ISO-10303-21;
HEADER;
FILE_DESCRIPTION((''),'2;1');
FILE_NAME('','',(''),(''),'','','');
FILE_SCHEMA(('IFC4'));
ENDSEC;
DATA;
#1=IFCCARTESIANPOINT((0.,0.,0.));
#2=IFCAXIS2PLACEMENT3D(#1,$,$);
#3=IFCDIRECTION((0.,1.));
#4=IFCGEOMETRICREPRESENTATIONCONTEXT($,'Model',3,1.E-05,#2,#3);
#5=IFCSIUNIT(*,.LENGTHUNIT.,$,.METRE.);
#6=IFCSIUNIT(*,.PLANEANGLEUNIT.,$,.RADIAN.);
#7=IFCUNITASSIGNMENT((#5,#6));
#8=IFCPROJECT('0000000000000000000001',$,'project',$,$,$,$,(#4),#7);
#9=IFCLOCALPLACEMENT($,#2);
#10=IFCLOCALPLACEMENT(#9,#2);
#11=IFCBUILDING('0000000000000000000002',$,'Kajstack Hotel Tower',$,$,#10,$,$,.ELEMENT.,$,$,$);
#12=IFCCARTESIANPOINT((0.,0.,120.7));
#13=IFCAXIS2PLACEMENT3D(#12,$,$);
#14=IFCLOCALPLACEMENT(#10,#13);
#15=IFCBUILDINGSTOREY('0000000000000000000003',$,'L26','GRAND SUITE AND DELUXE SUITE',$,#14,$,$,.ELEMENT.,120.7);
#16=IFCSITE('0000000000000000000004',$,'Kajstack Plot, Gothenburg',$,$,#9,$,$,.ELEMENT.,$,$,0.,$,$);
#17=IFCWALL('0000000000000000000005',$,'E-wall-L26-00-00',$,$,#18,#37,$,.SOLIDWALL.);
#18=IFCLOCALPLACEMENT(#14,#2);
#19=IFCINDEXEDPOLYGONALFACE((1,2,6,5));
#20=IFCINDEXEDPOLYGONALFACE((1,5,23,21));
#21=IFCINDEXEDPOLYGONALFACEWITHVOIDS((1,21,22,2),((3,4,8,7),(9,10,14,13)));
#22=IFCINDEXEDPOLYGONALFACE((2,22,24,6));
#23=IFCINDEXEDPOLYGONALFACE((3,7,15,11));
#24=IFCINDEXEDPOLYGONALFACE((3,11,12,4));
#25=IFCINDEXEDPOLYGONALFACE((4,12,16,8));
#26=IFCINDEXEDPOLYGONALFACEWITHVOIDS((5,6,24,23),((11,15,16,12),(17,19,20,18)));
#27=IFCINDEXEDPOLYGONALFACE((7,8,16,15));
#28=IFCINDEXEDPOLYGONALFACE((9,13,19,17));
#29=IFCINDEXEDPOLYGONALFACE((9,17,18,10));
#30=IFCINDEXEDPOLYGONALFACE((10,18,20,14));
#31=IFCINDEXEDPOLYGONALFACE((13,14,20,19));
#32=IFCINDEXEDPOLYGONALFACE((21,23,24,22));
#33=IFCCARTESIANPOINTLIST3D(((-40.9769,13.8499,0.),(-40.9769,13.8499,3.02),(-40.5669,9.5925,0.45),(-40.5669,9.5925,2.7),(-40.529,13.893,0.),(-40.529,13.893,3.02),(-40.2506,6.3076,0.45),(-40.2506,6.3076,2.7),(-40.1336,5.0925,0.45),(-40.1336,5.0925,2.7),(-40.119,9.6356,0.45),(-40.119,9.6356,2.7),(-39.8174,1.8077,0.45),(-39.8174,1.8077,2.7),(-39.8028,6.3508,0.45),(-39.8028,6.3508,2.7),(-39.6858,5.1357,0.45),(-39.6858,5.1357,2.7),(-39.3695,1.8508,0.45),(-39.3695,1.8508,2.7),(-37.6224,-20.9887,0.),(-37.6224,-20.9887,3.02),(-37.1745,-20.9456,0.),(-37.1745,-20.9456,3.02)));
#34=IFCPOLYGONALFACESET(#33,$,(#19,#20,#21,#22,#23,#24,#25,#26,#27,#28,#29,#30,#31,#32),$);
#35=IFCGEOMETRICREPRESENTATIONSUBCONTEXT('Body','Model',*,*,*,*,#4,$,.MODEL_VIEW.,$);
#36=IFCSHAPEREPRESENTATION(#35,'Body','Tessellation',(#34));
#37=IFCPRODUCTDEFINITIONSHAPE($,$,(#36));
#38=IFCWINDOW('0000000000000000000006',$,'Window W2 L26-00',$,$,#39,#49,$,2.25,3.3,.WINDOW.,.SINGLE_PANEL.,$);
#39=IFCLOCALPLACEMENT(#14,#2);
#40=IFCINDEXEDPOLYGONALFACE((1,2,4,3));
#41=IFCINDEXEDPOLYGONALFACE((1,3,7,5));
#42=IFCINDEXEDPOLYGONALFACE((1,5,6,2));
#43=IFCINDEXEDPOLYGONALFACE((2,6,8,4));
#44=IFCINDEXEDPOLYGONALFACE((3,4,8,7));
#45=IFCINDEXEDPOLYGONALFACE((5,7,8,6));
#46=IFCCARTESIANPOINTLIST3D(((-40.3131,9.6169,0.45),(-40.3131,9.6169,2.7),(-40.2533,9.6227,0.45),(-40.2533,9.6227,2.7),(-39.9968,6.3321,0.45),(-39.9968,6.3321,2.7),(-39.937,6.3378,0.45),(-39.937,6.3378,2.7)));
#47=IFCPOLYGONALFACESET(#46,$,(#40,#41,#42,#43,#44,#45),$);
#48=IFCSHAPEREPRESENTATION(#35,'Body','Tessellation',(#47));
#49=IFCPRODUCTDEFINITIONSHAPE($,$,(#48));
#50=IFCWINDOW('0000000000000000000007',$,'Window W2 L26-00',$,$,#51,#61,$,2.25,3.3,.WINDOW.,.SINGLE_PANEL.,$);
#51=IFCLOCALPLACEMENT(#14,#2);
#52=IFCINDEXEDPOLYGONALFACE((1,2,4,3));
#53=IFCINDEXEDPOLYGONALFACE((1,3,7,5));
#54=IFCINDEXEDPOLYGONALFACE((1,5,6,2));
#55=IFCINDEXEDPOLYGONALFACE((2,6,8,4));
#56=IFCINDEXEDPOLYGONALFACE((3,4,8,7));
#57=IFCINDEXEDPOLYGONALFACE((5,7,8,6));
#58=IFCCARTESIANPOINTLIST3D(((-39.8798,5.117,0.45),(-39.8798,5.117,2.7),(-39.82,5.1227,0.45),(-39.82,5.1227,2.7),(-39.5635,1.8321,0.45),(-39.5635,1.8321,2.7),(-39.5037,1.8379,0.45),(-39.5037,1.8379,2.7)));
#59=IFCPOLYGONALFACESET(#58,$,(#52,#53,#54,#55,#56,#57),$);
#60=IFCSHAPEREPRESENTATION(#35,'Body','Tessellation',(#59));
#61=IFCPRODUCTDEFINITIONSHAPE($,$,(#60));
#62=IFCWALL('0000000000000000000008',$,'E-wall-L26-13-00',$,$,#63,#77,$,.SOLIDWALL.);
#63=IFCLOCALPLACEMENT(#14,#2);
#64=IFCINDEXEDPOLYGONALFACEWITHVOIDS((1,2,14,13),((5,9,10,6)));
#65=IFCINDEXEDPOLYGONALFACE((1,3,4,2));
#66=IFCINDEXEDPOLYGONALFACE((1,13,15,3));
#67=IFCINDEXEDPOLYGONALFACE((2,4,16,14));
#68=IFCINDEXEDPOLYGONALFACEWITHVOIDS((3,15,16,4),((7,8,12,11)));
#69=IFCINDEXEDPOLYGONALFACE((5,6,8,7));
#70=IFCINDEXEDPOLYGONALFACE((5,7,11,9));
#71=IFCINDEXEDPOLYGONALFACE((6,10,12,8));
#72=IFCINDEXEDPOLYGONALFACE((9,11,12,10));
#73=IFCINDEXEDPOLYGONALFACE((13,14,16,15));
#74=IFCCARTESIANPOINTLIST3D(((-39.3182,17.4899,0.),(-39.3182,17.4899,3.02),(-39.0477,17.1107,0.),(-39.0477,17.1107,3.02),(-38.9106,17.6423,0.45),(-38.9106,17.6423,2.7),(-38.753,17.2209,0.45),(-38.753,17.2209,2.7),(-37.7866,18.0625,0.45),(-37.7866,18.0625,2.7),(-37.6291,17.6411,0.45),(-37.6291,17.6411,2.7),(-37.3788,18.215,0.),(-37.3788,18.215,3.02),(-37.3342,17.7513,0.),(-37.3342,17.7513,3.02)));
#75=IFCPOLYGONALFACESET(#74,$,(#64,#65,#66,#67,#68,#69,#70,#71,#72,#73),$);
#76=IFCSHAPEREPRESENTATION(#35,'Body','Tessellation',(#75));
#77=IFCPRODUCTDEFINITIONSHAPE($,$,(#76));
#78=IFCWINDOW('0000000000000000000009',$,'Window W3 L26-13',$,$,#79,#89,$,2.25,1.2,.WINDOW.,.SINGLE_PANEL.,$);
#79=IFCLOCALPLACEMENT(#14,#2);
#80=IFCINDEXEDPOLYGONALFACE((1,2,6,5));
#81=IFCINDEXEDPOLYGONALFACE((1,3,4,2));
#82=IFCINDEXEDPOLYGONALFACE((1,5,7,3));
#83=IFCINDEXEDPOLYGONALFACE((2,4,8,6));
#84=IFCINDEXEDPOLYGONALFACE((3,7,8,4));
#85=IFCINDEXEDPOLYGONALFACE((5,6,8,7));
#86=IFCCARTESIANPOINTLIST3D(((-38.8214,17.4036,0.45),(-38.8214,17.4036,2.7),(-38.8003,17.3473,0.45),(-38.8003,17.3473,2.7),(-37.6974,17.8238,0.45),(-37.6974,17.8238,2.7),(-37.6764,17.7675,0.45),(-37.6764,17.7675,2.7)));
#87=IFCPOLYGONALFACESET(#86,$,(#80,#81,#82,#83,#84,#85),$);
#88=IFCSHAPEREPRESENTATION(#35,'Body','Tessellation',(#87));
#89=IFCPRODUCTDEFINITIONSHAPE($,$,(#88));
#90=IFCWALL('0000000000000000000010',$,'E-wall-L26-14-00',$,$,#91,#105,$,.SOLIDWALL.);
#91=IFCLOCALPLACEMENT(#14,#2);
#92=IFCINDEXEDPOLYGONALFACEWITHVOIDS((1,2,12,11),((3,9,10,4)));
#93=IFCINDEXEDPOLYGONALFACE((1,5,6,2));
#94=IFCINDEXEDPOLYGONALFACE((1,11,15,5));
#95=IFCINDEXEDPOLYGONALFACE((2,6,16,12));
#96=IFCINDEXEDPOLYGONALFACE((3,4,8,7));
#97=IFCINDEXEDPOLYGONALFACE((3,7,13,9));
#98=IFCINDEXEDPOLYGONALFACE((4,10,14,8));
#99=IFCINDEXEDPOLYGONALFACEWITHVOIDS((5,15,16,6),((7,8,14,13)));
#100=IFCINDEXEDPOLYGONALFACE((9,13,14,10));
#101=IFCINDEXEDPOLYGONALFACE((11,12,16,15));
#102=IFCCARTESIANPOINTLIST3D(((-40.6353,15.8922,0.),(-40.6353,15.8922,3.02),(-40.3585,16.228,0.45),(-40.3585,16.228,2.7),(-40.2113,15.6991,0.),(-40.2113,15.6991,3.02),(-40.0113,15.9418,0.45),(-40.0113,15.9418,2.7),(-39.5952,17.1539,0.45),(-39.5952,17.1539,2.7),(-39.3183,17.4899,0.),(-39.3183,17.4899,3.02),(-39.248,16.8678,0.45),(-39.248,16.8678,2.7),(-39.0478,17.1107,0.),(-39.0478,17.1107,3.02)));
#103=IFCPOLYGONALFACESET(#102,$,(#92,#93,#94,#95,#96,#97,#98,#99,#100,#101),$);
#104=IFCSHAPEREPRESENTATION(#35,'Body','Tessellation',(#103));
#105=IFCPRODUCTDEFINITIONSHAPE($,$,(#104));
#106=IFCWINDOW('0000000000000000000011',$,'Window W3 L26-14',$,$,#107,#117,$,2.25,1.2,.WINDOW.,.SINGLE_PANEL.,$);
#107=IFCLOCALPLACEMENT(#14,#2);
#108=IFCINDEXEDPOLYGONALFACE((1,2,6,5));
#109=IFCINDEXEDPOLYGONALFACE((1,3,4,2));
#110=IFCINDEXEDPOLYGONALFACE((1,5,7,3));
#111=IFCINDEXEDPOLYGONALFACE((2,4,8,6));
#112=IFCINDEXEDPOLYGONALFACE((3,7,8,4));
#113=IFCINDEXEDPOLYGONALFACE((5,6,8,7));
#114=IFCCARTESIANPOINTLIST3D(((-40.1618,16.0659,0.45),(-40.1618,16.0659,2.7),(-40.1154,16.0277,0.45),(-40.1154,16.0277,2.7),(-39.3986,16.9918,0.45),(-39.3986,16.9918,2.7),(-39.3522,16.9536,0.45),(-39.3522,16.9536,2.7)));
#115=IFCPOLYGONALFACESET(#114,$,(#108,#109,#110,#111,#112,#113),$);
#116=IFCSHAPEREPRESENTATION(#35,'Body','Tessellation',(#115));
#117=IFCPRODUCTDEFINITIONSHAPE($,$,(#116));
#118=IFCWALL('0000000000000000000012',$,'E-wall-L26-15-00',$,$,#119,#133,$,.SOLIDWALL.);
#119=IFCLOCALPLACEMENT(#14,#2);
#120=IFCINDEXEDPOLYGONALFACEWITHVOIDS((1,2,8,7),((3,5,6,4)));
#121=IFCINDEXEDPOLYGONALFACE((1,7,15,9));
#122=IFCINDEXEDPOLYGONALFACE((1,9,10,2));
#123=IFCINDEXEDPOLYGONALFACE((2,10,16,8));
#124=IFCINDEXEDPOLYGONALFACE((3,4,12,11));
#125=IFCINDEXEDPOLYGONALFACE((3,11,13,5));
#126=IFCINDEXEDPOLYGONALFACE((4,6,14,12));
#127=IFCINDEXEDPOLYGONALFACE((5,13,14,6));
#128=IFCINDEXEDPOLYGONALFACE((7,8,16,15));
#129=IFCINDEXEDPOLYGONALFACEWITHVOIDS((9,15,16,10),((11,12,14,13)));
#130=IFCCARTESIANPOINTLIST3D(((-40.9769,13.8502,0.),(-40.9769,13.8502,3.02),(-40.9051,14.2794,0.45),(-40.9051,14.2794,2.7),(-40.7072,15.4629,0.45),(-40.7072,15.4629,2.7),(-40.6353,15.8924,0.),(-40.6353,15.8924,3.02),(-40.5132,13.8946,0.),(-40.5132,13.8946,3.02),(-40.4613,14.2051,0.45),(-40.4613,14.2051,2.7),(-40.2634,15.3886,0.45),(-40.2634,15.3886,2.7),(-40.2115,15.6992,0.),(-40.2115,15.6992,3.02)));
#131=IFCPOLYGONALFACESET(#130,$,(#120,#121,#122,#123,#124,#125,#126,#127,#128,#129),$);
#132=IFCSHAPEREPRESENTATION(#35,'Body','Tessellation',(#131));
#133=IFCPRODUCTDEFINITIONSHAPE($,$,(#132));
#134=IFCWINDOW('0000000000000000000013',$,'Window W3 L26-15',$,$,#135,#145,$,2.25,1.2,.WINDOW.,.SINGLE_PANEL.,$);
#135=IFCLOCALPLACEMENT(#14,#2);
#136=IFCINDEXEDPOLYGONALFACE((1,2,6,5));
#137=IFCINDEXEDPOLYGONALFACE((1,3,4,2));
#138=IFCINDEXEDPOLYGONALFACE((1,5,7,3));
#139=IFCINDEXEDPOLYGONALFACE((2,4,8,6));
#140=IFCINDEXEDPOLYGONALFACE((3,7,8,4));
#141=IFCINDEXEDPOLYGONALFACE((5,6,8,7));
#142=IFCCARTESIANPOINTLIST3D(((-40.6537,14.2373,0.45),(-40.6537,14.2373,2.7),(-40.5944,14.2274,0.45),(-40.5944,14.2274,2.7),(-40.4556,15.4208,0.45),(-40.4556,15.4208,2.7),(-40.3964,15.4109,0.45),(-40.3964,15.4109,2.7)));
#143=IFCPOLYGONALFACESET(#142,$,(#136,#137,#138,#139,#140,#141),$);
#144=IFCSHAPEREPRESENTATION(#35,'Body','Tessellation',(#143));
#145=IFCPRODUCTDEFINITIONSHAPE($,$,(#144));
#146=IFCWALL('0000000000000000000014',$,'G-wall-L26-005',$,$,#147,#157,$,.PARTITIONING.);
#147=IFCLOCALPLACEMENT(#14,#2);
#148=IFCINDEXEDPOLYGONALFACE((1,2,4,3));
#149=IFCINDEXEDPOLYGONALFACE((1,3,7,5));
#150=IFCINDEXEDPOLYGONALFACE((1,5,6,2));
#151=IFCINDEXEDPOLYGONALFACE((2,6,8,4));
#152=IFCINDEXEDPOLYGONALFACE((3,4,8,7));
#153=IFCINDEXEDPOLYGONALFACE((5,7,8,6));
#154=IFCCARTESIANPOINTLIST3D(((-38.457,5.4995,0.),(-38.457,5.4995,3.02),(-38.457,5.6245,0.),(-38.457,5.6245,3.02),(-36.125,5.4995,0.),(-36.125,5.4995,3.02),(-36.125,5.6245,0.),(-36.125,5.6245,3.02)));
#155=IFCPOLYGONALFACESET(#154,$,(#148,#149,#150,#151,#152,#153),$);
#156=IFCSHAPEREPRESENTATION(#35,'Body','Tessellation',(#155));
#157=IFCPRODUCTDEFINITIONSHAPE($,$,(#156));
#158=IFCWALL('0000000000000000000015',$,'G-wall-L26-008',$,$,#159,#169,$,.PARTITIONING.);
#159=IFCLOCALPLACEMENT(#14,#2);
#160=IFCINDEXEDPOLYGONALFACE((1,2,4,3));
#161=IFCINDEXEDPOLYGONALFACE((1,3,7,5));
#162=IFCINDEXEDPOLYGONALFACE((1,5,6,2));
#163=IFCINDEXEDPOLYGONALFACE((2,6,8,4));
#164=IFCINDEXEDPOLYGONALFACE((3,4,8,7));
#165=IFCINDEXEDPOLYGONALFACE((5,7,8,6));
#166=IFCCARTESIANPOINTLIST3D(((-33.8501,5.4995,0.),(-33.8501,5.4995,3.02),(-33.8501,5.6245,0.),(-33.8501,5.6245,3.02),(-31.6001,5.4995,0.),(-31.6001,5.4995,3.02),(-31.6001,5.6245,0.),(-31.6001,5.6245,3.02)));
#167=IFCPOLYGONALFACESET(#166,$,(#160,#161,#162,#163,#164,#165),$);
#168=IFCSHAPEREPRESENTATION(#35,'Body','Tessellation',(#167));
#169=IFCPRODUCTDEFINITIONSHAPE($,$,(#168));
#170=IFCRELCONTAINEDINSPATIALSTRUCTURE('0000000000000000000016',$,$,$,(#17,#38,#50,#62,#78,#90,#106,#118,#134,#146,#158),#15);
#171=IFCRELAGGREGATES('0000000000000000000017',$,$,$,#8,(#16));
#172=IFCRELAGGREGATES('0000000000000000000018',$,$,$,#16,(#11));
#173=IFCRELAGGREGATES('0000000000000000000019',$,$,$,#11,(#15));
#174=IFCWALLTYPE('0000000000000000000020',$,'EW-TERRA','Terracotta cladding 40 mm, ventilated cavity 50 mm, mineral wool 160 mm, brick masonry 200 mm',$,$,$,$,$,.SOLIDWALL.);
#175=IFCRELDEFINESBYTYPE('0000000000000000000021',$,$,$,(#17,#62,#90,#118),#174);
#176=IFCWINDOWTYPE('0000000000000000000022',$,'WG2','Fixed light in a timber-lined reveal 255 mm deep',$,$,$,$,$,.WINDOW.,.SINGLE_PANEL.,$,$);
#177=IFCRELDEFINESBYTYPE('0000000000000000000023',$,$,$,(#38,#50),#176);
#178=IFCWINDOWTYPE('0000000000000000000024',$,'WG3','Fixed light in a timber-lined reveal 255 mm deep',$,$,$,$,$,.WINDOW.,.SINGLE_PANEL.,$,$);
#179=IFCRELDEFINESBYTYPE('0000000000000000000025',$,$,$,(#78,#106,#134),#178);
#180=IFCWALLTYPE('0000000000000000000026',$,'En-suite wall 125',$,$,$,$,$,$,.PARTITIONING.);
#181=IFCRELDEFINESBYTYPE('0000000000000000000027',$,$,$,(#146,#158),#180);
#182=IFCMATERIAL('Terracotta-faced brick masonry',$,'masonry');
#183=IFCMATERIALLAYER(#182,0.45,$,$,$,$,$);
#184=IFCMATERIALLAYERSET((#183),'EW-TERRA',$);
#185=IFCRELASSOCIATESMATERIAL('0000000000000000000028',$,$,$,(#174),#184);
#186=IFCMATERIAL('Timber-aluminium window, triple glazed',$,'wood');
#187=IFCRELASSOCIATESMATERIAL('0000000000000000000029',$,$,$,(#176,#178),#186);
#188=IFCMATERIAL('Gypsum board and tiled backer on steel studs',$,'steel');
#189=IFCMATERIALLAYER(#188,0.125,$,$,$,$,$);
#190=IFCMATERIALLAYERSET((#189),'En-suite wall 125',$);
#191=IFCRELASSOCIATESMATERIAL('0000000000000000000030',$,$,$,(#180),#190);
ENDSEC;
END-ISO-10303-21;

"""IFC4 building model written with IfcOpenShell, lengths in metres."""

from ifc_helpers import new_model, si_unit, direction, frame, frame_2d, origin, place, context, subcontext, project, spatial, polyline, rectangle, outline, extrude, material, layer, layer_set, type_object, element, fill, save


model = new_model("IFC4")

# Units and contexts
model_context = context("Model", 3, precision=1e-05, world=origin(), true_north=direction((0.0, 1.0)))
body_context = subcontext(model_context, "Body", "Model", "MODEL_VIEW")
ifc_project = project(units=[si_unit("LENGTHUNIT", "METRE"), si_unit("PLANEANGLEUNIT", "RADIAN")], contexts=[model_context])

# Site, building, storey
site_placement = place(None, origin())
site = spatial("IfcSite", under=ifc_project, at=site_placement, Name="Kajstack Plot, Gothenburg", CompositionType="ELEMENT", RefElevation=0.0)
building_placement = place(site_placement, origin())
building = spatial("IfcBuilding", under=site, at=building_placement, Name="Kajstack Hotel Tower", CompositionType="ELEMENT")
storey_placement = place(building_placement, frame((0.0, 0.0, 120.7)))
storey = spatial("IfcBuildingStorey", under=building, at=storey_placement, Name="L26", Description="GRAND SUITE AND DELUXE SUITE", CompositionType="ELEMENT", Elevation=120.7)

# Wall, openings, windows
ifc_material_1 = material(Name="Terracotta-faced brick masonry", Category="masonry")
ifc_layer_1 = layer(ifc_material_1, 0.45)
ifc_layer_set_1 = layer_set([ifc_layer_1], Name="EW-TERRA")
wall_type_1 = type_object("IfcWallType", Name="EW-TERRA", Description="Terracotta cladding 40 mm, ventilated cavity 50 mm, mineral wool 160 mm, brick masonry 200 mm", PredefinedType="SOLIDWALL", material=ifc_layer_set_1)
wall_1_placement = place(storey_placement, frame((-40.7529, 13.8716, 0.0), z_axis=(0.0, 0.0, 1.0), x_axis=(0.095843, -0.995396, 0.0)))
wall_1 = element("IfcWall", 1, at=wall_1_placement, inside=storey, type_object=wall_type_1, Name="E-wall-L26-00-00", PredefinedType="SOLIDWALL", context=body_context, shape_type="SweptSolid", body=[
    extrude(rectangle(XDim=34.9998, YDim=0.45, at=frame_2d((17.5, 0.0))), origin(), (0.0, 0.0, 1.0), 3.02),
])
opening_1_placement = place(wall_1_placement, frame((4.2773, 0.0, 0.45)))
opening_1 = element("IfcOpeningElement", 2, at=opening_1_placement, cuts=wall_1, PredefinedType="OPENING", context=body_context, shape_type="SweptSolid", body=[
    extrude(rectangle(XDim=3.3, YDim=2.25, at=frame_2d((1.6499, 1.125))), frame((0.0, 0.2349, 0.0), z_axis=(0.0, -1.0, 0.0), x_axis=(1.0, 0.0, 0.0)), (0.0, 0.0, 1.0), 0.47),
])
opening_2_placement = place(wall_1_placement, frame((8.7981, 0.0, 0.45)))
opening_2 = element("IfcOpeningElement", 3, at=opening_2_placement, cuts=wall_1, PredefinedType="OPENING", context=body_context, shape_type="SweptSolid", body=[
    extrude(rectangle(XDim=3.3, YDim=2.25, at=frame_2d((1.6499, 1.125))), frame((0.0, 0.2349, 0.0), z_axis=(0.0, -1.0, 0.0), x_axis=(1.0, 0.0, 0.0)), (0.0, 0.0, 1.0), 0.47),
])
ifc_material_2 = material(Name="Timber-aluminium window, triple glazed", Category="wood")
window_type_1 = type_object("IfcWindowType", Name="WG2", Description="Fixed light in a timber-lined reveal 255 mm deep", PartitioningType="SINGLE_PANEL", PredefinedType="WINDOW", material=ifc_material_2)
window_1_placement = place(opening_1_placement, origin())
window_1 = element("IfcWindow", 4, at=window_1_placement, inside=storey, type_object=window_type_1, Name="Window W2 L26-00", OverallHeight=2.25, OverallWidth=3.3, PartitioningType="SINGLE_PANEL", PredefinedType="WINDOW", context=body_context, shape_type="SweptSolid", body=[
    extrude(rectangle(XDim=3.3, YDim=2.25, at=frame_2d((1.6499, 1.125))), frame((0.0, 0.0901, 0.0), z_axis=(0.0, -1.0, 0.0), x_axis=(1.0, 0.0, 0.0)), (0.0, 0.0, 1.0), 0.0601),
])
fill(opening_1, window_1)
window_2_placement = place(opening_2_placement, origin())
window_2 = element("IfcWindow", 5, at=window_2_placement, inside=storey, type_object=window_type_1, Name="Window W2 L26-00", OverallHeight=2.25, OverallWidth=3.3, PartitioningType="SINGLE_PANEL", PredefinedType="WINDOW", context=body_context, shape_type="SweptSolid", body=[
    extrude(rectangle(XDim=3.3, YDim=2.25, at=frame_2d((1.6499, 1.125))), frame((0.0, 0.0901, 0.0), z_axis=(0.0, -1.0, 0.0), x_axis=(1.0, 0.0, 0.0)), (0.0, 0.0, 1.0), 0.0601),
])
fill(opening_2, window_2)

# Walls, openings, windows
wall_2_placement = place(storey_placement, frame((-37.3, 18.0044, 0.0), z_axis=(0.0, 0.0, 1.0), x_axis=(-0.936678, -0.350193, 0.0)))
wall_2 = element("IfcWall", 6, at=wall_2_placement, inside=storey, type_object=wall_type_1, Name="E-wall-L26-13-00", PredefinedType="SOLIDWALL", context=body_context, shape_type="SweptSolid", body=[
    extrude(outline(polyline([(0.0, -0.2249), (2.0706, -0.2249), (1.95, 0.2251), (0.1206, 0.2251), (0.0, -0.2249)])), origin(), (0.0, 0.0, 1.0), 3.02),
])
opening_3_placement = place(wall_2_placement, frame((0.4353, 0.0, 0.45)))
opening_3 = element("IfcOpeningElement", 7, at=opening_3_placement, cuts=wall_2, PredefinedType="OPENING", context=body_context, shape_type="SweptSolid", body=[
    extrude(rectangle(XDim=1.2, YDim=2.25, at=frame_2d((0.6001, 1.125))), frame((0.0, 0.2349, 0.0), z_axis=(0.0, -1.0, 0.0), x_axis=(1.0, 0.0, 0.0)), (0.0, 0.0, 1.0), 0.47),
])
window_type_2 = type_object("IfcWindowType", Name="WG3", Description="Fixed light in a timber-lined reveal 255 mm deep", PartitioningType="SINGLE_PANEL", PredefinedType="WINDOW", material=ifc_material_2)
window_3_placement = place(opening_3_placement, origin())
window_3 = element("IfcWindow", 8, at=window_3_placement, inside=storey, type_object=window_type_2, Name="Window W3 L26-13", OverallHeight=2.25, OverallWidth=1.2, PartitioningType="SINGLE_PANEL", PredefinedType="WINDOW", context=body_context, shape_type="SweptSolid", body=[
    extrude(rectangle(XDim=1.2, YDim=2.25, at=frame_2d((0.6001, 1.125))), frame((0.0, 0.0901, 0.0), z_axis=(0.0, -1.0, 0.0), x_axis=(1.0, 0.0, 0.0)), (0.0, 0.0, 1.0), 0.0601),
])
fill(opening_3, window_3)
wall_3_placement = place(storey_placement, frame((-39.1448, 17.3469, 0.0), z_axis=(0.0, 0.0, 1.0), x_axis=(-0.636046, -0.771651, 0.0)))
wall_3 = element("IfcWall", 9, at=wall_3_placement, inside=storey, type_object=wall_type_1, Name="E-wall-L26-14-00", PredefinedType="SOLIDWALL", context=body_context, shape_type="SweptSolid", body=[
    extrude(outline(polyline([(0.0, -0.2249), (2.0706, -0.2249), (1.95, 0.2251), (0.1206, 0.2251), (0.0, -0.2249)])), origin(), (0.0, 0.0, 1.0), 3.02),
])
opening_4_placement = place(wall_3_placement, frame((0.4353, 0.0, 0.45)))
opening_4 = element("IfcOpeningElement", 10, at=opening_4_placement, cuts=wall_3, PredefinedType="OPENING", context=body_context, shape_type="SweptSolid", body=[
    extrude(rectangle(XDim=1.2, YDim=2.25, at=frame_2d((0.6001, 1.125))), frame((0.0, 0.2349, 0.0), z_axis=(0.0, -1.0, 0.0), x_axis=(1.0, 0.0, 0.0)), (0.0, 0.0, 1.0), 0.47),
])
window_4_placement = place(opening_4_placement, origin())
window_4 = element("IfcWindow", 11, at=window_4_placement, inside=storey, type_object=window_type_2, Name="Window W3 L26-14", OverallHeight=2.25, OverallWidth=1.2, PartitioningType="SINGLE_PANEL", PredefinedType="WINDOW", context=body_context, shape_type="SweptSolid", body=[
    extrude(rectangle(XDim=1.2, YDim=2.25, at=frame_2d((0.6001, 1.125))), frame((0.0, 0.0901, 0.0), z_axis=(0.0, -1.0, 0.0), x_axis=(1.0, 0.0, 0.0)), (0.0, 0.0, 1.0), 0.0601),
])
fill(opening_4, window_4)
wall_4_placement = place(storey_placement, frame((-40.4133, 15.8552, 0.0), z_axis=(0.0, 0.0, 1.0), x_axis=(-0.165068, -0.986282, 0.0)))
wall_4 = element("IfcWall", 12, at=wall_4_placement, inside=storey, type_object=wall_type_1, Name="E-wall-L26-15-00", PredefinedType="SOLIDWALL", context=body_context, shape_type="SweptSolid", body=[
    extrude(outline(polyline([(0.0, -0.2251), (2.0706, -0.2249), (1.9502, 0.2251), (0.1206, 0.2249), (0.0, -0.2251)])), origin(), (0.0, 0.0, 1.0), 3.02),
])
opening_5_placement = place(wall_4_placement, frame((0.4353, 0.0, 0.45)))
opening_5 = element("IfcOpeningElement", 13, at=opening_5_placement, cuts=wall_4, PredefinedType="OPENING", context=body_context, shape_type="SweptSolid", body=[
    extrude(rectangle(XDim=1.2, YDim=2.25, at=frame_2d((0.6001, 1.125))), frame((0.0, 0.2349, 0.0), z_axis=(0.0, -1.0, 0.0), x_axis=(1.0, 0.0, 0.0)), (0.0, 0.0, 1.0), 0.47),
])
window_5_placement = place(opening_5_placement, origin())
window_5 = element("IfcWindow", 14, at=window_5_placement, inside=storey, type_object=window_type_2, Name="Window W3 L26-15", OverallHeight=2.25, OverallWidth=1.2, PartitioningType="SINGLE_PANEL", PredefinedType="WINDOW", context=body_context, shape_type="SweptSolid", body=[
    extrude(rectangle(XDim=1.2, YDim=2.25, at=frame_2d((0.6001, 1.125))), frame((0.0, 0.0901, 0.0), z_axis=(0.0, -1.0, 0.0), x_axis=(1.0, 0.0, 0.0)), (0.0, 0.0, 1.0), 0.0601),
])
fill(opening_5, window_5)

# Walls
ifc_material_3 = material(Name="Gypsum board and tiled backer on steel studs", Category="steel")
ifc_layer_2 = layer(ifc_material_3, 0.125)
ifc_layer_set_2 = layer_set([ifc_layer_2], Name="En-suite wall 125")
wall_type_2 = type_object("IfcWallType", Name="En-suite wall 125", PredefinedType="PARTITIONING", material=ifc_layer_set_2)
wall_5_placement = place(storey_placement, frame((-38.457, 5.562, 0.0), z_axis=(0.0, 0.0, 1.0), x_axis=(1.0, 0.0, 0.0)))
element("IfcWall", 15, at=wall_5_placement, inside=storey, type_object=wall_type_2, Name="G-wall-L26-005", PredefinedType="PARTITIONING", context=body_context, shape_type="SweptSolid", body=[
    extrude(rectangle(XDim=2.332, YDim=0.125, at=frame_2d((1.166, 0.0))), origin(), (0.0, 0.0, 1.0), 3.02),
])
for number, where, z_axis, x_axis, name in (
    (16, (-33.8501, 5.562, 0.0), (0.0, 0.0, 1.0), (1.0, 0.0, 0.0), "G-wall-L26-008"),
):
    element("IfcWall", number, at=place(storey_placement, frame(where, z_axis=z_axis, x_axis=x_axis)), inside=storey, type_object=wall_type_2, Name=name, PredefinedType="PARTITIONING", context=body_context, shape_type="SweptSolid", body=[
        extrude(rectangle(XDim=2.25, YDim=0.125, at=frame_2d((1.125, 0.0))), origin(), (0.0, 0.0, 1.0), 3.02),
    ])

save(model, "model.ifc")
